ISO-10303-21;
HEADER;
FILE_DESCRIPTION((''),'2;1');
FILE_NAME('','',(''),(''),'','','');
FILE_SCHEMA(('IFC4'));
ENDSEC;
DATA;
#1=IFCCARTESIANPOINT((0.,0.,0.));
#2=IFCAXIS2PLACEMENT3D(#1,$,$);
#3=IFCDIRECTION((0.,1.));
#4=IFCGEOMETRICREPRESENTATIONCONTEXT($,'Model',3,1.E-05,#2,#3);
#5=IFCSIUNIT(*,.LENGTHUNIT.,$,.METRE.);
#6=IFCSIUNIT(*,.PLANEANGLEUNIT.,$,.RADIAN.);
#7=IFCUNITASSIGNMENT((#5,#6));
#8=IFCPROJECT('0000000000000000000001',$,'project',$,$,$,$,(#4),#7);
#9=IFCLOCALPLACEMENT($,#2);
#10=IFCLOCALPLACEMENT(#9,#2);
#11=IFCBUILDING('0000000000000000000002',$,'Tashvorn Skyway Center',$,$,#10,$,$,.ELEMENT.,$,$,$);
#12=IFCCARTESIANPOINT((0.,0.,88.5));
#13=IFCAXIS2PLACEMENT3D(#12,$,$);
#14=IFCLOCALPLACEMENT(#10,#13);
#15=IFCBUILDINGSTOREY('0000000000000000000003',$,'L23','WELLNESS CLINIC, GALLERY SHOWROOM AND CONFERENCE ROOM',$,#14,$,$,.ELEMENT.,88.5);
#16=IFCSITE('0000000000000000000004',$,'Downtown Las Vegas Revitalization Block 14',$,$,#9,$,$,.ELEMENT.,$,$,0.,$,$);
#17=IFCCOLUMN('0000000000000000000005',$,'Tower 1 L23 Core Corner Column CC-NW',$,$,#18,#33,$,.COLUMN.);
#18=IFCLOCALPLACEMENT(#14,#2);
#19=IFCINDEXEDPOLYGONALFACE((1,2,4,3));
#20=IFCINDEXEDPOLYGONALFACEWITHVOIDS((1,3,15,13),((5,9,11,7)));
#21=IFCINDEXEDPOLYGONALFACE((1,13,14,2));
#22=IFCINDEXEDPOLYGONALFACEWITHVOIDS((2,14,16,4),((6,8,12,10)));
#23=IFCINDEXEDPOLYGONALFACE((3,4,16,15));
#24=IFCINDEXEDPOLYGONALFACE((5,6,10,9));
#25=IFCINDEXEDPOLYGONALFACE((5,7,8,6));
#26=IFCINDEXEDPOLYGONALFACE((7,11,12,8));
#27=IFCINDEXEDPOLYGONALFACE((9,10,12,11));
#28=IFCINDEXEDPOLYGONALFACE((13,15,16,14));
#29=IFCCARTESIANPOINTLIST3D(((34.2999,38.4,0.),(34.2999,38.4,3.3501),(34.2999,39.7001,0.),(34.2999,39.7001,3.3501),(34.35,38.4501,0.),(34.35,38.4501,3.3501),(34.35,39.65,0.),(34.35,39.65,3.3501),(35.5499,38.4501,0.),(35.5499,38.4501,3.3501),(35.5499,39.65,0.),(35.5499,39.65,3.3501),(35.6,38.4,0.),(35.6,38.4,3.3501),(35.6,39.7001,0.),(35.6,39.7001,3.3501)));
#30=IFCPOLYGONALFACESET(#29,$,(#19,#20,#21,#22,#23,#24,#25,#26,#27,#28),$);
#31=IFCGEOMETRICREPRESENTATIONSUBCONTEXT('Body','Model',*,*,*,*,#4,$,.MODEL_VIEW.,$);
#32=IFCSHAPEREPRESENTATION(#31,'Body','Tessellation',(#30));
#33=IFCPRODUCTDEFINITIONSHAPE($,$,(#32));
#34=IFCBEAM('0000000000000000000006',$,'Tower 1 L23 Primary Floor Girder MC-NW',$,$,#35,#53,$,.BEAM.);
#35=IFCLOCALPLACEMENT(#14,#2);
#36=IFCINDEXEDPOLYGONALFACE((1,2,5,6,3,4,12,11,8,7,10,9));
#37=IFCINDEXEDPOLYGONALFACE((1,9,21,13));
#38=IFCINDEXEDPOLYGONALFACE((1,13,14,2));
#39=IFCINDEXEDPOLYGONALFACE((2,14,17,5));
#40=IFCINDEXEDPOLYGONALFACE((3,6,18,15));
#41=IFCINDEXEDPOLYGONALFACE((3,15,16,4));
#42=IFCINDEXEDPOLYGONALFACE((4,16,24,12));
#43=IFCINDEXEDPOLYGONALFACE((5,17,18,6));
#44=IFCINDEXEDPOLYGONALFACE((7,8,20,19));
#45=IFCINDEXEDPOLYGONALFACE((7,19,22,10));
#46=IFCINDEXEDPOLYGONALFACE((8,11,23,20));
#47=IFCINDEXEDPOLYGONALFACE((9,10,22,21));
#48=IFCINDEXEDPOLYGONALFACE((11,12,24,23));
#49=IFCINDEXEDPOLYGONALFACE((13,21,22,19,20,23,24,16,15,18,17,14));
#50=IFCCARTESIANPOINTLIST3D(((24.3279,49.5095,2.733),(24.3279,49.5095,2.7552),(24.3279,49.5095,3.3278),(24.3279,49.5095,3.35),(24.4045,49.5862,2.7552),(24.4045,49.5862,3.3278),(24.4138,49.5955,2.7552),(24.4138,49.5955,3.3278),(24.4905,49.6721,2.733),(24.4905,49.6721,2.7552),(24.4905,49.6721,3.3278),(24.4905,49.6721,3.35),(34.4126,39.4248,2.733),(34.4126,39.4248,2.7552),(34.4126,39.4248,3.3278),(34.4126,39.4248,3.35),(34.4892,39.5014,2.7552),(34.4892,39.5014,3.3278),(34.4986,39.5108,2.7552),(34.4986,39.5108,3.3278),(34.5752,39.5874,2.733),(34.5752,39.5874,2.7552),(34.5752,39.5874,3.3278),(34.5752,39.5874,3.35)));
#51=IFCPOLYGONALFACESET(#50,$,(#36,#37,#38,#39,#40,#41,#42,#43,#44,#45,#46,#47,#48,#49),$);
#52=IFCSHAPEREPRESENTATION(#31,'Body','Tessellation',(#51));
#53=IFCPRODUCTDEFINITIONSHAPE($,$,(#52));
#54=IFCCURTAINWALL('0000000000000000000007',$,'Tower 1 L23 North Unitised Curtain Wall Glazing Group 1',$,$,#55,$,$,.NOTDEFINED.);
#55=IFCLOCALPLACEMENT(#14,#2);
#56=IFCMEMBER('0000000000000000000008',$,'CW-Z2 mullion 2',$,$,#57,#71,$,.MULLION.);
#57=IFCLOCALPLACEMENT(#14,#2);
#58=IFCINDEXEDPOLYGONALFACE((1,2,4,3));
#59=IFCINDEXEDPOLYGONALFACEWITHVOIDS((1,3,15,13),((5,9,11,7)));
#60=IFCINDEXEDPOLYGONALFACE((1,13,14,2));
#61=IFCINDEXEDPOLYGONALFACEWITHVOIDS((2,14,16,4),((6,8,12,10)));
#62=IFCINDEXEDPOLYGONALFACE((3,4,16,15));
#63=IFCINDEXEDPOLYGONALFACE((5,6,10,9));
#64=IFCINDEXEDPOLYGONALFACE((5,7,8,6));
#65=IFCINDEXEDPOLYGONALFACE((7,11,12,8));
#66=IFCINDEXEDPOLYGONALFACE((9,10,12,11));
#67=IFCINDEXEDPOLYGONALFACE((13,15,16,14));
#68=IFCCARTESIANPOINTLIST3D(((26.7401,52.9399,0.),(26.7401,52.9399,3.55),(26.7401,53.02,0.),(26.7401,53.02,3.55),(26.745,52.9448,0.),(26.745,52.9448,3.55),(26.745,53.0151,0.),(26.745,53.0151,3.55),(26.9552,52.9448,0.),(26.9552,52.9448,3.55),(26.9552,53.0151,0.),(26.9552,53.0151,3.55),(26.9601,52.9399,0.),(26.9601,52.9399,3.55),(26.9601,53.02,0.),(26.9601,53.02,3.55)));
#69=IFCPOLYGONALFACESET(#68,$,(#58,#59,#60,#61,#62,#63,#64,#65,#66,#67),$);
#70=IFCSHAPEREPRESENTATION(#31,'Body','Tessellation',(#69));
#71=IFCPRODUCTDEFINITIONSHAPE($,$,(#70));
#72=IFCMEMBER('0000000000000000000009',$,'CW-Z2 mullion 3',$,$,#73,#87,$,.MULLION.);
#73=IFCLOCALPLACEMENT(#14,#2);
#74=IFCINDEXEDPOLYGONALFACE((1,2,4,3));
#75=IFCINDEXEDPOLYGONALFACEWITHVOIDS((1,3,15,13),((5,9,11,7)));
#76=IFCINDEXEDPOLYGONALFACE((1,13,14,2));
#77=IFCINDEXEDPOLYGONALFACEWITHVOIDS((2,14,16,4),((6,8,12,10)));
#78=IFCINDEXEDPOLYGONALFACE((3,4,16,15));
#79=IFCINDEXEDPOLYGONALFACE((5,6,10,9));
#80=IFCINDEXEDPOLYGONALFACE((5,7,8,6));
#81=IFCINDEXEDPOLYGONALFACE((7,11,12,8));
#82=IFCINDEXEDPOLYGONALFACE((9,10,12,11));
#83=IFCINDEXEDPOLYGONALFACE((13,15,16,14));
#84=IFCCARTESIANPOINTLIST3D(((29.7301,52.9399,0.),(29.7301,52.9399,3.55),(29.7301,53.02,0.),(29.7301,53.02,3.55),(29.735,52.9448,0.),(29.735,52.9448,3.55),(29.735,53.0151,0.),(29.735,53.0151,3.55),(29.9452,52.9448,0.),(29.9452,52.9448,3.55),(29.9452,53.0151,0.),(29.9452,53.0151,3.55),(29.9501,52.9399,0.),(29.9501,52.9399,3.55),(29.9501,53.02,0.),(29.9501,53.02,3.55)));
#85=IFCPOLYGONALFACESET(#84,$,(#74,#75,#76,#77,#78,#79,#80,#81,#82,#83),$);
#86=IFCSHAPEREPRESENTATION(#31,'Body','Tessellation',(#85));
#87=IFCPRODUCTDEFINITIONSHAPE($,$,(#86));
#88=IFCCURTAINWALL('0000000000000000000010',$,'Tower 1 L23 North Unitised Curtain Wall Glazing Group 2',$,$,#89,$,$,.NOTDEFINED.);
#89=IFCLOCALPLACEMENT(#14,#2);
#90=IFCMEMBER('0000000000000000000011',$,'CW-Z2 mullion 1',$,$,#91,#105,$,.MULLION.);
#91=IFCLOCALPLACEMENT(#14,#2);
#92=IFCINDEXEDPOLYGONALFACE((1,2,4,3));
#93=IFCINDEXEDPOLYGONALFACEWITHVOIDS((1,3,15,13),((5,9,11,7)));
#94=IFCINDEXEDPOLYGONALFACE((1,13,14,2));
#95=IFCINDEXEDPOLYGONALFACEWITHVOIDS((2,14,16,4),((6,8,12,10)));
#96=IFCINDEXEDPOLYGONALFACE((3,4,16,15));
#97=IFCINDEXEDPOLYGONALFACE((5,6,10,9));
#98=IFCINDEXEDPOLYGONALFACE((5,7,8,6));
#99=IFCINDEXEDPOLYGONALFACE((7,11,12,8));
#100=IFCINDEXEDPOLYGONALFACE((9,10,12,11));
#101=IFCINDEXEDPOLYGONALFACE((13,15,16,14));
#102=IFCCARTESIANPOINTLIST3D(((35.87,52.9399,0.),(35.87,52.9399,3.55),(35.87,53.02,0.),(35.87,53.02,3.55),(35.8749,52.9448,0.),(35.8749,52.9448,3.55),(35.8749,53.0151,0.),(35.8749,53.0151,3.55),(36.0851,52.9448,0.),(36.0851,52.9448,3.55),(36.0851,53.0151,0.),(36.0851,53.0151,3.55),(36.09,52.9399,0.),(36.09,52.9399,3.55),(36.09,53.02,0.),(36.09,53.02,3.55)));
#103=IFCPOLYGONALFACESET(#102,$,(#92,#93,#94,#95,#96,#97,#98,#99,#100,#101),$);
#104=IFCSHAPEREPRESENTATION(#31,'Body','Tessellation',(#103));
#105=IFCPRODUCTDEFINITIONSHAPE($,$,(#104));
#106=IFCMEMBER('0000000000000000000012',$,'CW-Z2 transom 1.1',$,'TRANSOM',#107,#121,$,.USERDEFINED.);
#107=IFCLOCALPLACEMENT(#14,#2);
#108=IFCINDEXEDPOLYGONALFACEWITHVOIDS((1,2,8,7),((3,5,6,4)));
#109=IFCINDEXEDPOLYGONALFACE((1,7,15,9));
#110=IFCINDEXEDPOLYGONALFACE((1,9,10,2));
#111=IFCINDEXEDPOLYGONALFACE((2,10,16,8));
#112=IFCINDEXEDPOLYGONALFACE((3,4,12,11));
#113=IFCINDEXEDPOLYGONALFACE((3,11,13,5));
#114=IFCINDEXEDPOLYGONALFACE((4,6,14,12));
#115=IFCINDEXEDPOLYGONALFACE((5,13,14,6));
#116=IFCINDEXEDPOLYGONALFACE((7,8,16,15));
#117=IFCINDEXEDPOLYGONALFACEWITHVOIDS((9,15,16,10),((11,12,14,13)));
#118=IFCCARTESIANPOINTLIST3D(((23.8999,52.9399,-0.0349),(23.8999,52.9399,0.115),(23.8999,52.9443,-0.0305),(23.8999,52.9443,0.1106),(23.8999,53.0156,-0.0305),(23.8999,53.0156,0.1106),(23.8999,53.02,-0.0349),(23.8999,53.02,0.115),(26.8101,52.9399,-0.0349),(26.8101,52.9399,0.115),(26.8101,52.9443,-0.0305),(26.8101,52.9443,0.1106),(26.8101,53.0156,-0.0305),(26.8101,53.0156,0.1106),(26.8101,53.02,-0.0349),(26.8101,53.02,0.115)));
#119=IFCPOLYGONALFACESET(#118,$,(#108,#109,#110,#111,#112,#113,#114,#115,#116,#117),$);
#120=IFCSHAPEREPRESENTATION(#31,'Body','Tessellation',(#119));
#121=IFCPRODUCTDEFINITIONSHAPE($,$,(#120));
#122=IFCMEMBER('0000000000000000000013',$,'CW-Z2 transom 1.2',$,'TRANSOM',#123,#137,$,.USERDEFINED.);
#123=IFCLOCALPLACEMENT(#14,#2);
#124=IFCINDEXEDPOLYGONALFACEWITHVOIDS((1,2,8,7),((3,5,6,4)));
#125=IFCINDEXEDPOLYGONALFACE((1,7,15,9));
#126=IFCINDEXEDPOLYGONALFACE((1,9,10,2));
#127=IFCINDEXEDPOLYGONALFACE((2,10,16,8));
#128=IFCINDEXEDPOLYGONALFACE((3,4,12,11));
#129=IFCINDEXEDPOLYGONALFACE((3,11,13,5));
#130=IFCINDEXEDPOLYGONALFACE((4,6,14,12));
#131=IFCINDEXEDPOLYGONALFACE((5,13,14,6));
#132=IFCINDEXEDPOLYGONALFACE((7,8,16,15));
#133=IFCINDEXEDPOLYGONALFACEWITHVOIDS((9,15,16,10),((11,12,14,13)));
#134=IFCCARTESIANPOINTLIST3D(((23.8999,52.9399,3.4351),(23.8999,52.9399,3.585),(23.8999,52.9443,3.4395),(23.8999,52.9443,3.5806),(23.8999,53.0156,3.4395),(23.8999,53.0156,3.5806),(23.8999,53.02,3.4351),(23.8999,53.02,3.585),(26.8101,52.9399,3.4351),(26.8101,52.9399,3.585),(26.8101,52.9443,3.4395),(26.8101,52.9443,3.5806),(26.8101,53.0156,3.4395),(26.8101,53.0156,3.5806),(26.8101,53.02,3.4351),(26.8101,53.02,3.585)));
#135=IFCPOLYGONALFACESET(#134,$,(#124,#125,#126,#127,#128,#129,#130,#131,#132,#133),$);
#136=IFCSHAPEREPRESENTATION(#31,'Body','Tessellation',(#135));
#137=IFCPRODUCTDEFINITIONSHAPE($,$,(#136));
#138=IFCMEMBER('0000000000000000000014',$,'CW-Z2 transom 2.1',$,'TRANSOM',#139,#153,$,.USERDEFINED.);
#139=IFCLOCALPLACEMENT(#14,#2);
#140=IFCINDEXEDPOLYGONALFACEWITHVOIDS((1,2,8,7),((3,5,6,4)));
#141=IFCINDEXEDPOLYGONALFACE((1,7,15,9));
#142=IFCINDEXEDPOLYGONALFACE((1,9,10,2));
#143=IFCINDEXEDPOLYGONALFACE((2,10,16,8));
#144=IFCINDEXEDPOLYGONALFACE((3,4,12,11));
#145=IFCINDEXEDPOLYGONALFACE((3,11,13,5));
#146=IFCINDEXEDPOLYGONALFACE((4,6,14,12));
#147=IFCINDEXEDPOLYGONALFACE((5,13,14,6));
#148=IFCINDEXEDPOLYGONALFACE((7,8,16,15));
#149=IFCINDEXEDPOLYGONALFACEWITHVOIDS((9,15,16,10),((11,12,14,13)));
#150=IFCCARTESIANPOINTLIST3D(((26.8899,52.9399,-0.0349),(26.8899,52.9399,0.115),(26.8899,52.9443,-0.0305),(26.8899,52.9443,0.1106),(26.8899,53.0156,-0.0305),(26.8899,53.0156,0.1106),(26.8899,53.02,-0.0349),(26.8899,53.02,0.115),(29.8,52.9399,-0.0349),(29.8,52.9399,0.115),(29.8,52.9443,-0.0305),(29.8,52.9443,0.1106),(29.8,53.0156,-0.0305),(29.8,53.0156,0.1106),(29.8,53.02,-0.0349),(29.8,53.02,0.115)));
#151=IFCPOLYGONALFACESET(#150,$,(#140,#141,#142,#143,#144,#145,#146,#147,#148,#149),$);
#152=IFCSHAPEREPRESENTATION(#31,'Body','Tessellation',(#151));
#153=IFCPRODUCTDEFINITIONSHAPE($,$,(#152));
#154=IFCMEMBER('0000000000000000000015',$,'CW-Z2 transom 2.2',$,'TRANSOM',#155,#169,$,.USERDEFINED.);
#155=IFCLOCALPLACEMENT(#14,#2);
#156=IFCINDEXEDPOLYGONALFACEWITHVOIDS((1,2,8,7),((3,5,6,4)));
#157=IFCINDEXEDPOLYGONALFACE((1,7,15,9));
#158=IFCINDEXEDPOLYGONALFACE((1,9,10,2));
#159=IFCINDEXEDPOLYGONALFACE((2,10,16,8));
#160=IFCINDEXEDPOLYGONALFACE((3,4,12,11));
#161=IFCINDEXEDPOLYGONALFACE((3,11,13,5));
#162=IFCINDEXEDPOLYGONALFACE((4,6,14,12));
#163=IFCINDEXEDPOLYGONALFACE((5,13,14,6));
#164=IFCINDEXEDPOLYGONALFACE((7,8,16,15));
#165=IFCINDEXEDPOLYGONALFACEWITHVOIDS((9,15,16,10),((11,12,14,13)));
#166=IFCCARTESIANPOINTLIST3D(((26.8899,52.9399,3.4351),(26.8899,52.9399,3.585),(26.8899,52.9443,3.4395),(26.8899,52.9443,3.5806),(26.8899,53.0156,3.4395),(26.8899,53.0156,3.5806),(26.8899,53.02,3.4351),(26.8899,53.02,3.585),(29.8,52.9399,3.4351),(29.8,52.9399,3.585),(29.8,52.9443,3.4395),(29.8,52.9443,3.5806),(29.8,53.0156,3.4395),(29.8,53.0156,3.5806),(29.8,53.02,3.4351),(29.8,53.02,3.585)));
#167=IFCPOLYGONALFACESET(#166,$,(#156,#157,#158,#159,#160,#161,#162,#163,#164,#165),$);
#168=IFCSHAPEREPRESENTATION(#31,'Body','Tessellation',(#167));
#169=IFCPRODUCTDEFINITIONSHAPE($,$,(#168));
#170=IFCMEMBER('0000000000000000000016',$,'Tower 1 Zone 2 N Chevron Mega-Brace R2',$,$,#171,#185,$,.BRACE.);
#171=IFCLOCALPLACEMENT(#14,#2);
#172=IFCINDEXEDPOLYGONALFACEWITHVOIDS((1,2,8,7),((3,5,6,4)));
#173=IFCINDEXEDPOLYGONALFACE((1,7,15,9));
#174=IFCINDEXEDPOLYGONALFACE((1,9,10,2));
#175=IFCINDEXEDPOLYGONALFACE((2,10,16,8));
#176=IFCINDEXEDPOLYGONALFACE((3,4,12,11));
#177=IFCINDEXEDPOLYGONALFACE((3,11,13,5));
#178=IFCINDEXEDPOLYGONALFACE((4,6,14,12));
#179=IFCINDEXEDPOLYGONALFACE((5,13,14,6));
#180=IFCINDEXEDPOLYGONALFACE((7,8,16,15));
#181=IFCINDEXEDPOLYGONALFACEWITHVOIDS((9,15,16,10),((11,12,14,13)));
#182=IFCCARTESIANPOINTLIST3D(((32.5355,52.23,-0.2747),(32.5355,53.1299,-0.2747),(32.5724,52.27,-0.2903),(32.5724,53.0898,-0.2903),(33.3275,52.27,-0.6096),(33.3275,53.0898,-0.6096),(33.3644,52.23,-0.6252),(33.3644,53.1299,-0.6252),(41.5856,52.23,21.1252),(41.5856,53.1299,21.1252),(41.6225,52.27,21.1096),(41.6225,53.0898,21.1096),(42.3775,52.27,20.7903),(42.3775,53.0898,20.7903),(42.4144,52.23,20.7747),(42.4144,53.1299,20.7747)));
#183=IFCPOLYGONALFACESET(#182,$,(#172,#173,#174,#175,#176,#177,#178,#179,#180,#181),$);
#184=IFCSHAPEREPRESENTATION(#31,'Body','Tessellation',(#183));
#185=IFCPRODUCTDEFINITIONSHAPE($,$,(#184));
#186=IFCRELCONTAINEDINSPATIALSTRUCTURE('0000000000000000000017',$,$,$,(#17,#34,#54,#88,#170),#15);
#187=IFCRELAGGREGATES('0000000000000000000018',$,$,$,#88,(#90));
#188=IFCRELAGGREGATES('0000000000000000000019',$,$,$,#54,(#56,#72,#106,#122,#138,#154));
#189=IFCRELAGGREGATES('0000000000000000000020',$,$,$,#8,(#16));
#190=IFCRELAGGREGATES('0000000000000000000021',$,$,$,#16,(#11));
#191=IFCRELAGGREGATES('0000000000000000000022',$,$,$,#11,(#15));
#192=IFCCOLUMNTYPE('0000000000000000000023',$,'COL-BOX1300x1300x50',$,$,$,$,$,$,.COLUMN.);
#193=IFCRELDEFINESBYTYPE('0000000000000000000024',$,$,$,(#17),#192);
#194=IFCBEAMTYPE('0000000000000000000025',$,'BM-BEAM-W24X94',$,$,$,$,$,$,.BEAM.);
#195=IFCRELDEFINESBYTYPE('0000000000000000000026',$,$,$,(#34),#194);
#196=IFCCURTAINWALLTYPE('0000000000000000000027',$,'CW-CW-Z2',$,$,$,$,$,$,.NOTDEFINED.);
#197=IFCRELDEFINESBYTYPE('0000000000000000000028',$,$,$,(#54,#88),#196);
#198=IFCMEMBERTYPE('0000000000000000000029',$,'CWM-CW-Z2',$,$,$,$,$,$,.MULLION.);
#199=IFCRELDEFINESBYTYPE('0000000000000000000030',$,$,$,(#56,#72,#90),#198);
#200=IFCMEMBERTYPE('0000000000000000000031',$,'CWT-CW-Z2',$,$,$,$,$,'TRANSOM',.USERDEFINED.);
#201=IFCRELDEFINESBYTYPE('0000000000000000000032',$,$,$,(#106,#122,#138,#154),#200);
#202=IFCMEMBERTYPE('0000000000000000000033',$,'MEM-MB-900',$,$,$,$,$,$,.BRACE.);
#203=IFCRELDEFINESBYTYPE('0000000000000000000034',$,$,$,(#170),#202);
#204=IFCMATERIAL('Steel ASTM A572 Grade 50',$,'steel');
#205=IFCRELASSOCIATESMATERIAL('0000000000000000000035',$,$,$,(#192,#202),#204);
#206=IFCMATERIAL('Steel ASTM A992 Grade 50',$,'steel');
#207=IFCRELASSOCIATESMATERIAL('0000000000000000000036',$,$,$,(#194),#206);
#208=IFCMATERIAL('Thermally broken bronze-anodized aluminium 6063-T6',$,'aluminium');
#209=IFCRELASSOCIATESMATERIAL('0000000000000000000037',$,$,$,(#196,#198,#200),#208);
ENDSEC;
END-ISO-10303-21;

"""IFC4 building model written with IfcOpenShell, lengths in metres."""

from ifc_helpers import new_model, si_unit, direction, frame, origin, origin_2d, place, context, subcontext, project, spatial, hollow_rectangle, i_section, extrude, material, material_profile, profile_set, type_object, element, aggregate, save


model = new_model("IFC4")

# Units and contexts
model_context = context("Model", 3, precision=1e-05, world=origin(), true_north=direction((0.0, 1.0)))
body_context = subcontext(model_context, "Body", "Model", "MODEL_VIEW")
ifc_project = project(units=[si_unit("LENGTHUNIT", "METRE"), si_unit("PLANEANGLEUNIT", "RADIAN")], contexts=[model_context])

# Site, building, storey
site_placement = place(None, origin())
site = spatial("IfcSite", under=ifc_project, at=site_placement, Name="Downtown Las Vegas Revitalization Block 14", CompositionType="ELEMENT", RefElevation=0.0)
building_placement = place(site_placement, origin())
building = spatial("IfcBuilding", under=site, at=building_placement, Name="Tashvorn Skyway Center", CompositionType="ELEMENT")
storey_placement = place(building_placement, frame((0.0, 0.0, 88.5)))
storey = spatial("IfcBuildingStorey", under=building, at=storey_placement, Name="L23", Description="WELLNESS CLINIC, GALLERY SHOWROOM AND CONFERENCE ROOM", CompositionType="ELEMENT", Elevation=88.5)

# Column
ifc_material_1 = material(Name="Steel ASTM A572 Grade 50", Category="steel")
ifc_material_profile_1 = material_profile(ifc_material_1, hollow_rectangle(XDim=1.3, YDim=1.3, WallThickness=0.05, at=origin_2d()), Name="BOX1300x1300x50")
ifc_profile_set_1 = profile_set([ifc_material_profile_1], Name="Steel ASTM A572 Grade 50")
column_type = type_object("IfcColumnType", Name="COL-BOX1300x1300x50", PredefinedType="COLUMN", material=ifc_profile_set_1)
column_placement = place(storey_placement, frame((34.95, 39.05, 0.0), z_axis=(0.0, 0.0, 1.0), x_axis=(1.0, 0.0, 0.0)))
element("IfcColumn", 1, at=column_placement, inside=storey, type_object=column_type, Name="Tower 1 L23 Core Corner Column CC-NW", PredefinedType="COLUMN", context=body_context, shape_type="SweptSolid", body=[
    extrude(hollow_rectangle(XDim=1.3, YDim=1.3, WallThickness=0.05, at=origin_2d()), origin(), (0.0, 0.0, 1.0), 3.3501),
])

# Beam
ifc_material_2 = material(Name="Steel ASTM A992 Grade 50", Category="steel")
ifc_material_profile_2 = material_profile(ifc_material_2, i_section(OverallWidth=0.23, OverallDepth=0.6169, WebThickness=0.0132, FlangeThickness=0.0222, at=origin_2d()), Name="W24X94")
ifc_profile_set_2 = profile_set([ifc_material_profile_2], Name="Steel ASTM A992 Grade 50")
beam_type = type_object("IfcBeamType", Name="BM-BEAM-W24X94", PredefinedType="BEAM", material=ifc_profile_set_2)
beam_placement = place(storey_placement, frame((24.4092, 49.5908, 3.0415), z_axis=(0.707107, -0.707107, 0.0), x_axis=(0.707107, 0.707107, 0.0)))
element("IfcBeam", 2, at=beam_placement, inside=storey, type_object=beam_type, Name="Tower 1 L23 Primary Floor Girder MC-NW", PredefinedType="BEAM", context=body_context, shape_type="SweptSolid", body=[
    extrude(i_section(OverallWidth=0.23, OverallDepth=0.6169, WebThickness=0.0132, FlangeThickness=0.0222, at=origin_2d()), origin(), (0.0, 0.0, 1.0), 14.262),
])

# Curtain wall, members
ifc_material_3 = material(Name="Thermally broken bronze-anodized aluminium 6063-T6", Category="aluminium")
curtain_wall_type = type_object("IfcCurtainWallType", Name="CW-CW-Z2", PredefinedType="NOTDEFINED", material=ifc_material_3)
curtain_wall_1_placement = place(storey_placement, origin())
curtain_wall_1 = element("IfcCurtainWall", 3, at=curtain_wall_1_placement, inside=storey, type_object=curtain_wall_type, Name="Tower 1 L23 North Unitised Curtain Wall Glazing Group 1", PredefinedType="NOTDEFINED")
ifc_material_profile_3 = material_profile(ifc_material_3, hollow_rectangle(XDim=0.0801, YDim=0.22, WallThickness=0.0049, at=origin_2d()), Name="ALU-MULL-80x220")
ifc_profile_set_3 = profile_set([ifc_material_profile_3], Name="Thermally broken bronze-anodized aluminium 6063-T6")
member_type_1 = type_object("IfcMemberType", Name="CWM-CW-Z2", PredefinedType="MULLION", material=ifc_profile_set_3)
member_1_placement = place(storey_placement, frame((26.8501, 52.98, 0.0), z_axis=(0.0, 0.0, 1.0), x_axis=(0.0, 1.0, 0.0)))
member_1 = element("IfcMember", 4, at=member_1_placement, type_object=member_type_1, Name="CW-Z2 mullion 2", PredefinedType="MULLION", context=body_context, shape_type="SweptSolid", body=[
    extrude(hollow_rectangle(XDim=0.0801, YDim=0.22, WallThickness=0.0049, at=origin_2d()), origin(), (0.0, 0.0, 1.0), 3.55),
])
member_2_placement = place(storey_placement, frame((29.8401, 52.98, 0.0), z_axis=(0.0, 0.0, 1.0), x_axis=(0.0, 1.0, 0.0)))
member_2 = element("IfcMember", 5, at=member_2_placement, type_object=member_type_1, Name="CW-Z2 mullion 3", PredefinedType="MULLION", context=body_context, shape_type="SweptSolid", body=[
    extrude(hollow_rectangle(XDim=0.0801, YDim=0.22, WallThickness=0.0049, at=origin_2d()), origin(), (0.0, 0.0, 1.0), 3.55),
])

# Curtain wall, member
curtain_wall_2_placement = place(storey_placement, origin())
curtain_wall_2 = element("IfcCurtainWall", 6, at=curtain_wall_2_placement, inside=storey, type_object=curtain_wall_type, Name="Tower 1 L23 North Unitised Curtain Wall Glazing Group 2", PredefinedType="NOTDEFINED")
member_3_placement = place(storey_placement, frame((35.98, 52.98, 0.0), z_axis=(0.0, 0.0, 1.0), x_axis=(0.0, 1.0, 0.0)))
member_3 = element("IfcMember", 7, at=member_3_placement, type_object=member_type_1, Name="CW-Z2 mullion 1", PredefinedType="MULLION", context=body_context, shape_type="SweptSolid", body=[
    extrude(hollow_rectangle(XDim=0.0801, YDim=0.22, WallThickness=0.0049, at=origin_2d()), origin(), (0.0, 0.0, 1.0), 3.55),
])
aggregate(curtain_wall_2, [member_3])

# Members
ifc_material_profile_4 = material_profile(ifc_material_3, hollow_rectangle(XDim=0.0801, YDim=0.1499, WallThickness=0.0044, at=origin_2d()), Name="ALU-TRAN-80x150")
ifc_profile_set_4 = profile_set([ifc_material_profile_4], Name="Thermally broken bronze-anodized aluminium 6063-T6")
member_type_2 = type_object("IfcMemberType", Name="CWT-CW-Z2", ElementType="TRANSOM", PredefinedType="USERDEFINED", material=ifc_profile_set_4)
member_4_placement = place(storey_placement, frame((23.8999, 52.98, 0.04), z_axis=(1.0, 0.0, 0.0), x_axis=(0.0, 1.0, 0.0)))
member_4 = element("IfcMember", 8, at=member_4_placement, type_object=member_type_2, Name="CW-Z2 transom 1.1", ObjectType="TRANSOM", PredefinedType="USERDEFINED", context=body_context, shape_type="SweptSolid", body=[
    extrude(hollow_rectangle(XDim=0.0801, YDim=0.1499, WallThickness=0.0044, at=origin_2d()), origin(), (0.0, 0.0, 1.0), 2.9102),
])
member_5_placement = place(storey_placement, frame((23.8999, 52.98, 3.51), z_axis=(1.0, 0.0, 0.0), x_axis=(0.0, 1.0, 0.0)))
member_5 = element("IfcMember", 9, at=member_5_placement, type_object=member_type_2, Name="CW-Z2 transom 1.2", ObjectType="TRANSOM", PredefinedType="USERDEFINED", context=body_context, shape_type="SweptSolid", body=[
    extrude(hollow_rectangle(XDim=0.0801, YDim=0.1499, WallThickness=0.0044, at=origin_2d()), origin(), (0.0, 0.0, 1.0), 2.9102),
])
member_6_placement = place(storey_placement, frame((26.8899, 52.98, 0.04), z_axis=(1.0, 0.0, 0.0), x_axis=(0.0, 1.0, 0.0)))
member_6 = element("IfcMember", 10, at=member_6_placement, type_object=member_type_2, Name="CW-Z2 transom 2.1", ObjectType="TRANSOM", PredefinedType="USERDEFINED", context=body_context, shape_type="SweptSolid", body=[
    extrude(hollow_rectangle(XDim=0.0801, YDim=0.1499, WallThickness=0.0044, at=origin_2d()), origin(), (0.0, 0.0, 1.0), 2.9102),
])
member_7_placement = place(storey_placement, frame((26.8899, 52.98, 3.51), z_axis=(1.0, 0.0, 0.0), x_axis=(0.0, 1.0, 0.0)))
member_7 = element("IfcMember", 11, at=member_7_placement, type_object=member_type_2, Name="CW-Z2 transom 2.2", ObjectType="TRANSOM", PredefinedType="USERDEFINED", context=body_context, shape_type="SweptSolid", body=[
    extrude(hollow_rectangle(XDim=0.0801, YDim=0.1499, WallThickness=0.0044, at=origin_2d()), origin(), (0.0, 0.0, 1.0), 2.9102),
])
ifc_material_profile_5 = material_profile(ifc_material_1, hollow_rectangle(XDim=0.8999, YDim=0.8999, WallThickness=0.04, at=origin_2d()), Name="BOX900x900x40")
ifc_profile_set_5 = profile_set([ifc_material_profile_5], Name="Steel ASTM A572 Grade 50")
member_type_3 = type_object("IfcMemberType", Name="MEM-MB-900", PredefinedType="BRACE", material=ifc_profile_set_5)
member_8_placement = place(storey_placement, frame((32.95, 52.6799, -0.45), z_axis=(0.389503, 0.0, 0.921025), x_axis=(0.0, 1.0, 0.0)))
element("IfcMember", 12, at=member_8_placement, inside=storey, type_object=member_type_3, Name="Tower 1 Zone 2 N Chevron Mega-Brace R2", PredefinedType="BRACE", context=body_context, shape_type="SweptSolid", body=[
    extrude(hollow_rectangle(XDim=0.8999, YDim=0.8999, WallThickness=0.04, at=origin_2d()), origin(), (0.0, 0.0, 1.0), 23.2349),
])

aggregate(curtain_wall_1, [member_1, member_2, member_4, member_5, member_6, member_7])

save(model, "model.ifc")
